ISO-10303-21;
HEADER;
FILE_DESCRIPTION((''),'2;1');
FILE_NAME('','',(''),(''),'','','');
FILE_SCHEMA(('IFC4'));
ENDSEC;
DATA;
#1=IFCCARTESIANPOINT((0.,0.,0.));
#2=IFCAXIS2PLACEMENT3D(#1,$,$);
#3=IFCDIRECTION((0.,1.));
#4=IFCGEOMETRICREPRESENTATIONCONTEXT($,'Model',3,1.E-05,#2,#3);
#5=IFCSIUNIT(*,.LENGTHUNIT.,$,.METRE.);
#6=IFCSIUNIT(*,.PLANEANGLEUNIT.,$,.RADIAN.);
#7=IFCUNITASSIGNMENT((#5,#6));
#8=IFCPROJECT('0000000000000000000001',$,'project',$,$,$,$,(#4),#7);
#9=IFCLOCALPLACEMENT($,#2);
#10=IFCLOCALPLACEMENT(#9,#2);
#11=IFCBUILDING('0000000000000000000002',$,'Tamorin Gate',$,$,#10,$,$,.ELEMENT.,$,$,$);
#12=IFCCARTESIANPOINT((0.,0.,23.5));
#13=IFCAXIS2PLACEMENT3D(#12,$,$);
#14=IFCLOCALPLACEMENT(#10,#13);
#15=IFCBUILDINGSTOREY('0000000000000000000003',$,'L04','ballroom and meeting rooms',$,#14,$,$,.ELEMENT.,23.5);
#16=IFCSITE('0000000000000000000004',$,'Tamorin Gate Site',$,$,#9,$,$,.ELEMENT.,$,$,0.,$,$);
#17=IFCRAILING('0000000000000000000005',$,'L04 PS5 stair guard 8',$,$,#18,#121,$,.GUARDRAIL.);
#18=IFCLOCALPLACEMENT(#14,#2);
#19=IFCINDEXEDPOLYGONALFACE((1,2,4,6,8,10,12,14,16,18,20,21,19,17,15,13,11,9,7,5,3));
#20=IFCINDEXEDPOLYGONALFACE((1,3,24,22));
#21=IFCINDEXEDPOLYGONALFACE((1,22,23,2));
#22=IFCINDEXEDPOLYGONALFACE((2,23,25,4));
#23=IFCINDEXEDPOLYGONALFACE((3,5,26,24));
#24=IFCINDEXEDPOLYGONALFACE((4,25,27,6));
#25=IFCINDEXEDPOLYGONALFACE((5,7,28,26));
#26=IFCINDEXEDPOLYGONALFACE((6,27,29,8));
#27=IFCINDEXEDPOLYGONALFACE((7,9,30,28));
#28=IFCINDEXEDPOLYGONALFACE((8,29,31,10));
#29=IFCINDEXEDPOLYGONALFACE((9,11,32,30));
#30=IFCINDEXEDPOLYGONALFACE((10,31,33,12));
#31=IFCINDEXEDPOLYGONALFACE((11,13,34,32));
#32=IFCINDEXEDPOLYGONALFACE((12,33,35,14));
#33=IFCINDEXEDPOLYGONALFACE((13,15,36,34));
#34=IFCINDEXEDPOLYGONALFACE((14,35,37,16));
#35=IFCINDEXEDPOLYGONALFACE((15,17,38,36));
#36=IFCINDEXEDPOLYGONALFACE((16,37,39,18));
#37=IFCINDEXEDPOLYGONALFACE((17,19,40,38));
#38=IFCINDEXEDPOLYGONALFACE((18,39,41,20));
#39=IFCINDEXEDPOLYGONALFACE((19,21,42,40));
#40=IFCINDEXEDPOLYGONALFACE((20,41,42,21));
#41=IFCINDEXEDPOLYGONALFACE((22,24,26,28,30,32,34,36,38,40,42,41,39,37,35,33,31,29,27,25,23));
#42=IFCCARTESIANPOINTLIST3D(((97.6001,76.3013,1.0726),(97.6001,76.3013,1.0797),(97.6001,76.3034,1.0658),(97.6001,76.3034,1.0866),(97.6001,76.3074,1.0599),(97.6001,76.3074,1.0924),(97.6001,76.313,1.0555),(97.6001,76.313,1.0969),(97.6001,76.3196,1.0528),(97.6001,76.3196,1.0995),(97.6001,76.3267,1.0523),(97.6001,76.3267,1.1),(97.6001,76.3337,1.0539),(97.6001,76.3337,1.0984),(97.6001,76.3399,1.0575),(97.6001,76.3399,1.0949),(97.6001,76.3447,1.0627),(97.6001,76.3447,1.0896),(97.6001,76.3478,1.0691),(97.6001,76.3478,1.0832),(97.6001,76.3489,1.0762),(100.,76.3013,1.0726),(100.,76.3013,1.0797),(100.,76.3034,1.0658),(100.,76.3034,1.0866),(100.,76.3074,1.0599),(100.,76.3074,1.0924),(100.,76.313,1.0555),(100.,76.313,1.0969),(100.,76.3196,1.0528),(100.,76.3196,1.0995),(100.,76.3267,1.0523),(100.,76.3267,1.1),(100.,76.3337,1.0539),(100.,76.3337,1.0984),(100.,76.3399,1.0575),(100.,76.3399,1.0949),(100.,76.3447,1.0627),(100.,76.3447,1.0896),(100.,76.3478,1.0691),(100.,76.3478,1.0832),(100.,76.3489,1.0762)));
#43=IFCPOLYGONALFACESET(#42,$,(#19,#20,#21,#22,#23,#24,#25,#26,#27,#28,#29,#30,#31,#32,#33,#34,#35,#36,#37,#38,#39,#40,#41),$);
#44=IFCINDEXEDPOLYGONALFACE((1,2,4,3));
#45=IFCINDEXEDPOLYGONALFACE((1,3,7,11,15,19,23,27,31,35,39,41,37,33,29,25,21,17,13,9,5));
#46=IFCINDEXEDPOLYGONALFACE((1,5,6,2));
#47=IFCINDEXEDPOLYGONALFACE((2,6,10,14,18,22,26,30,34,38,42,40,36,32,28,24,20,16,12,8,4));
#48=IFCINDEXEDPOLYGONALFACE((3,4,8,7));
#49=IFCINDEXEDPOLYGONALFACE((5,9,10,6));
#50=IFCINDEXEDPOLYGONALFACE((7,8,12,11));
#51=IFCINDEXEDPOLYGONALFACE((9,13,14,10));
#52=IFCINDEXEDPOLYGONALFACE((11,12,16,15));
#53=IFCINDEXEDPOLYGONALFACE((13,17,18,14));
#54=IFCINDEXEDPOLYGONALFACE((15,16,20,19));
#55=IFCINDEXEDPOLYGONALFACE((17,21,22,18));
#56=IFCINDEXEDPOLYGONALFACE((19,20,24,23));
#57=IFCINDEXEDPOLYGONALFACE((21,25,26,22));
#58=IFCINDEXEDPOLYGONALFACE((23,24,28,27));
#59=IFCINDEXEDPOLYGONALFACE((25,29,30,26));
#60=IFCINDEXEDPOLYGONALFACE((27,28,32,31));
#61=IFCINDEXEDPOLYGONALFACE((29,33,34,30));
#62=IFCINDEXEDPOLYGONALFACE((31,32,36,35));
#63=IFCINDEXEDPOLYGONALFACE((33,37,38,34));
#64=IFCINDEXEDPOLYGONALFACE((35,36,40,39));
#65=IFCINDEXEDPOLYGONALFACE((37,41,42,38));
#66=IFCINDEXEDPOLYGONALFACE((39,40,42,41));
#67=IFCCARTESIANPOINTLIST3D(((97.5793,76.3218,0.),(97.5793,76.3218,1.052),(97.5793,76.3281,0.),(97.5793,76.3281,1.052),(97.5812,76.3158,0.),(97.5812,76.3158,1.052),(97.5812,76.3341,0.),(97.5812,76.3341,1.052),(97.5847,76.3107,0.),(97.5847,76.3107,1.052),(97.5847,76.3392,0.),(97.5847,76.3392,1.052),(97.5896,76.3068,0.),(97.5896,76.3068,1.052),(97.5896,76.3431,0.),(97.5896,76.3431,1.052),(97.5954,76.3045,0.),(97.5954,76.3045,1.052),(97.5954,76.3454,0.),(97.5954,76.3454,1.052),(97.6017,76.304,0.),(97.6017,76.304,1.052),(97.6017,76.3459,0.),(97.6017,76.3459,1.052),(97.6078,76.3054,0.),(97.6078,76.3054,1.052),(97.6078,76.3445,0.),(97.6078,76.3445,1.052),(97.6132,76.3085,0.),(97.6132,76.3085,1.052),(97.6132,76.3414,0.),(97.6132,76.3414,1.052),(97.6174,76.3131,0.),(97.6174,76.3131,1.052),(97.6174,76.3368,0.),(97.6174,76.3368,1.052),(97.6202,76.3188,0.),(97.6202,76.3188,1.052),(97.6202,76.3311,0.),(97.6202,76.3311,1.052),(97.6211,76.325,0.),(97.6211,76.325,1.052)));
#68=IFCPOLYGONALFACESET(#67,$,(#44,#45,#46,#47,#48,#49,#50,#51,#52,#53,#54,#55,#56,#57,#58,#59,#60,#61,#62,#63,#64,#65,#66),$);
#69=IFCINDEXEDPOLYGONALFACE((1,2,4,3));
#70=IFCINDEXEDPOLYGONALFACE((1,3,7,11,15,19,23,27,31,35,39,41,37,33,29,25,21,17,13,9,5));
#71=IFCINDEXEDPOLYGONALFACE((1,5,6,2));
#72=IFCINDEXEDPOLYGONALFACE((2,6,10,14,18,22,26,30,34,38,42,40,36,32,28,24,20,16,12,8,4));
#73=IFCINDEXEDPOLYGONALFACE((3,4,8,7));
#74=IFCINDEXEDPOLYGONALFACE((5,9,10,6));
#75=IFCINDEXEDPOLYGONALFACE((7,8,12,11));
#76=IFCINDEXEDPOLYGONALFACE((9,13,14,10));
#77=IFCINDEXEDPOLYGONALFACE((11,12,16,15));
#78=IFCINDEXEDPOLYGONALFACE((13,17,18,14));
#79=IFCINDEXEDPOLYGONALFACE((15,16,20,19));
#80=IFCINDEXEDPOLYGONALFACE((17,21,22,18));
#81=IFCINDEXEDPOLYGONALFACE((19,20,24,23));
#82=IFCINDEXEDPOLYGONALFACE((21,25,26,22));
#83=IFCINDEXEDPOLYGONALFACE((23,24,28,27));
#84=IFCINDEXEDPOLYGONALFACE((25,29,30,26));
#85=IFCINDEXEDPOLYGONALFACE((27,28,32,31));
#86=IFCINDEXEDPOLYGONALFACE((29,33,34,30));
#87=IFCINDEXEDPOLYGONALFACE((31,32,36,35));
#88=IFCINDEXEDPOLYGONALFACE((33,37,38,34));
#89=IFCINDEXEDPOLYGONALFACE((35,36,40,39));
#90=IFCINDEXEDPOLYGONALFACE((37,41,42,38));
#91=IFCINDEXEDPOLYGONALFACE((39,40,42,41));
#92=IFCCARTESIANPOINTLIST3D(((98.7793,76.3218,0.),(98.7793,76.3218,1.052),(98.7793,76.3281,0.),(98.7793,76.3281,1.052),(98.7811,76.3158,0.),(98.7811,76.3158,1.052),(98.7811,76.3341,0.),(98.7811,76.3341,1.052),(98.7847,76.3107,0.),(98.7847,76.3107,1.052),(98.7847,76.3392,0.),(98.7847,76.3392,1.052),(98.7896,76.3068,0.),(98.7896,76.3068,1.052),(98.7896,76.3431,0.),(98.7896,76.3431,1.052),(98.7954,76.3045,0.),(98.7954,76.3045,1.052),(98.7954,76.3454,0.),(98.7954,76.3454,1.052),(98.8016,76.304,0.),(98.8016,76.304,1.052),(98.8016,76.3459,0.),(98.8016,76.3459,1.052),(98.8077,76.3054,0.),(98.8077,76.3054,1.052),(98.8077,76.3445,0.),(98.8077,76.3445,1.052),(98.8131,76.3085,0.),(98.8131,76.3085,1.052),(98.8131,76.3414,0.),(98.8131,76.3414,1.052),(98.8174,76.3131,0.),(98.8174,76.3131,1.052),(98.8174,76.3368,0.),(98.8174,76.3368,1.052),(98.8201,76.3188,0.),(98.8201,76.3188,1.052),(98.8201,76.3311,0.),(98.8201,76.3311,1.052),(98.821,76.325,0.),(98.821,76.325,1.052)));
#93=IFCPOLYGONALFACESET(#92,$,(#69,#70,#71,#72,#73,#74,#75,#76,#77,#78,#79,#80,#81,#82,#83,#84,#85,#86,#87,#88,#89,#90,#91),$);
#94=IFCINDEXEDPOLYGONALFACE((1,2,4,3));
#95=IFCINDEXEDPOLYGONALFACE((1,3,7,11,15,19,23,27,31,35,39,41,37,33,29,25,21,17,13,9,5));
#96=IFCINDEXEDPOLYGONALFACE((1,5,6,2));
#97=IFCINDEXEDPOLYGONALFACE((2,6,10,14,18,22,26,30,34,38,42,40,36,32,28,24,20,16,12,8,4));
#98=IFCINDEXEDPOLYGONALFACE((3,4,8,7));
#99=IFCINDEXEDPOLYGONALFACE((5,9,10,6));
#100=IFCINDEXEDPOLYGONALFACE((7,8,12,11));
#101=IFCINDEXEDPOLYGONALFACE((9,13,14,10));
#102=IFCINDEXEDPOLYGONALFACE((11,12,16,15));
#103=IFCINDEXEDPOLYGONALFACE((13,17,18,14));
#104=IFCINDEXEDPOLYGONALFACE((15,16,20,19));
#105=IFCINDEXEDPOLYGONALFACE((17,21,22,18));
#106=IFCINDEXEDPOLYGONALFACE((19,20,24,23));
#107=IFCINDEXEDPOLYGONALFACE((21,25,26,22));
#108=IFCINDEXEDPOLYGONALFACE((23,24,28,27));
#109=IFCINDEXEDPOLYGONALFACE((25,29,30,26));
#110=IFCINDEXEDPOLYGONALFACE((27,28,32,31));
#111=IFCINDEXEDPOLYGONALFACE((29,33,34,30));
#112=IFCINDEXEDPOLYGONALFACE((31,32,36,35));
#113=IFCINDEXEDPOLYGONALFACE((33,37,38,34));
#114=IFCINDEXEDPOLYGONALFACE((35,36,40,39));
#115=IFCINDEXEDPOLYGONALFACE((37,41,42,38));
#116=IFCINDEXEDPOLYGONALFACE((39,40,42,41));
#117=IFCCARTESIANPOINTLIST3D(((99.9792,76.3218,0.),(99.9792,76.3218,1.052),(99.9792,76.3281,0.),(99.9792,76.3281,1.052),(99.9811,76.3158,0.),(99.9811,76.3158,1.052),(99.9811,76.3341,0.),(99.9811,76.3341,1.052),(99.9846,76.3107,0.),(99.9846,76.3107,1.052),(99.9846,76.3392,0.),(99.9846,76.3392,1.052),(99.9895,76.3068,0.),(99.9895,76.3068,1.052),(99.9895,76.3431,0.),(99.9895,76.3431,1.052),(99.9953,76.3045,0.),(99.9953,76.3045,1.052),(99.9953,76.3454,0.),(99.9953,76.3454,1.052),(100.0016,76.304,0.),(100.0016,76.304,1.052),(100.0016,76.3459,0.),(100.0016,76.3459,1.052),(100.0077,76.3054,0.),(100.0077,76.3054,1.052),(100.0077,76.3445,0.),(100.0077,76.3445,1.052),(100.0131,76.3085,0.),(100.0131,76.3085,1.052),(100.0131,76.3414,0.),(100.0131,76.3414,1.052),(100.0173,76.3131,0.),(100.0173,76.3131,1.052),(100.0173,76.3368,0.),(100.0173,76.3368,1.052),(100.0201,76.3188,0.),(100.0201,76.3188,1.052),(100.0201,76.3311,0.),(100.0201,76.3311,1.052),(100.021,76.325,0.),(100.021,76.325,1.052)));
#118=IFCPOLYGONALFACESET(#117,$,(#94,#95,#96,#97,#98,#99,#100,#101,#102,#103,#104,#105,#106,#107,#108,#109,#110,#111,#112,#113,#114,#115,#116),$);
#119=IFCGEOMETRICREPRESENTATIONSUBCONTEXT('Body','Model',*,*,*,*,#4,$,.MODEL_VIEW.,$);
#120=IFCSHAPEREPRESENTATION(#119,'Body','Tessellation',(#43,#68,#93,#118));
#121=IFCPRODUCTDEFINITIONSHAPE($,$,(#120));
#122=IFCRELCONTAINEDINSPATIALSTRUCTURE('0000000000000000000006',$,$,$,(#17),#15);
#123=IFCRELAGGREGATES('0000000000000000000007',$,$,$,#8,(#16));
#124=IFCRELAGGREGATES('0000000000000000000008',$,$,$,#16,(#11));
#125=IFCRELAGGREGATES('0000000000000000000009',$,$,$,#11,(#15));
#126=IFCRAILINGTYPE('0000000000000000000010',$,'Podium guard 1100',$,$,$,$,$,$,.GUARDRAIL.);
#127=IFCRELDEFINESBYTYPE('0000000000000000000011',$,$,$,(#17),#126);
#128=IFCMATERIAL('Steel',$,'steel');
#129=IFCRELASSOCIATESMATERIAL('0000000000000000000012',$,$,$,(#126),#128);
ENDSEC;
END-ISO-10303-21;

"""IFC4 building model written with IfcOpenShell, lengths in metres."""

from ifc_helpers import new_model, si_unit, direction, frame, origin, origin_2d, place, context, subcontext, project, spatial, circle, extrude, material, type_object, element, save


model = new_model("IFC4")

# Units and contexts
model_context = context("Model", 3, precision=1e-05, world=origin(), true_north=direction((0.0, 1.0)))
body_context = subcontext(model_context, "Body", "Model", "MODEL_VIEW")
ifc_project = project(units=[si_unit("LENGTHUNIT", "METRE"), si_unit("PLANEANGLEUNIT", "RADIAN")], contexts=[model_context])

# Site, building, storey
site_placement = place(None, origin())
site = spatial("IfcSite", under=ifc_project, at=site_placement, Name="Tamorin Gate Site", CompositionType="ELEMENT", RefElevation=0.0)
building_placement = place(site_placement, origin())
building = spatial("IfcBuilding", under=site, at=building_placement, Name="Tamorin Gate", CompositionType="ELEMENT")
storey_placement = place(building_placement, frame((0.0, 0.0, 23.5)))
storey = spatial("IfcBuildingStorey", under=building, at=storey_placement, Name="L04", Description="ballroom and meeting rooms", CompositionType="ELEMENT", Elevation=23.5)

# Railing
ifc_material_1 = material(Name="Steel", Category="steel")
railing_type = type_object("IfcRailingType", Name="Podium guard 1100", PredefinedType="GUARDRAIL", material=ifc_material_1)
railing_placement = place(storey_placement, frame((97.6001, 76.325, 0.0)))
element("IfcRailing", 1, at=railing_placement, inside=storey, type_object=railing_type, Name="L04 PS5 stair guard 8", PredefinedType="GUARDRAIL", context=body_context, shape_type="SweptSolid", body=[
    extrude(circle(Radius=0.0239, at=origin_2d()), frame((0.0, 0.0, 1.0762), z_axis=(1.0, 0.0, 0.0), x_axis=(0.0, 1.0, 0.0)), (0.0, 0.0, 1.0), 2.3999),
    extrude(circle(Radius=0.021, at=origin_2d()), origin(), (0.0, 0.0, 1.0), 1.052),
    extrude(circle(Radius=0.021, at=origin_2d()), frame((1.2, 0.0, 0.0)), (0.0, 0.0, 1.0), 1.052),
    extrude(circle(Radius=0.021, at=origin_2d()), frame((2.3999, 0.0, 0.0)), (0.0, 0.0, 1.0), 1.052),
])

save(model, "model.ifc")
